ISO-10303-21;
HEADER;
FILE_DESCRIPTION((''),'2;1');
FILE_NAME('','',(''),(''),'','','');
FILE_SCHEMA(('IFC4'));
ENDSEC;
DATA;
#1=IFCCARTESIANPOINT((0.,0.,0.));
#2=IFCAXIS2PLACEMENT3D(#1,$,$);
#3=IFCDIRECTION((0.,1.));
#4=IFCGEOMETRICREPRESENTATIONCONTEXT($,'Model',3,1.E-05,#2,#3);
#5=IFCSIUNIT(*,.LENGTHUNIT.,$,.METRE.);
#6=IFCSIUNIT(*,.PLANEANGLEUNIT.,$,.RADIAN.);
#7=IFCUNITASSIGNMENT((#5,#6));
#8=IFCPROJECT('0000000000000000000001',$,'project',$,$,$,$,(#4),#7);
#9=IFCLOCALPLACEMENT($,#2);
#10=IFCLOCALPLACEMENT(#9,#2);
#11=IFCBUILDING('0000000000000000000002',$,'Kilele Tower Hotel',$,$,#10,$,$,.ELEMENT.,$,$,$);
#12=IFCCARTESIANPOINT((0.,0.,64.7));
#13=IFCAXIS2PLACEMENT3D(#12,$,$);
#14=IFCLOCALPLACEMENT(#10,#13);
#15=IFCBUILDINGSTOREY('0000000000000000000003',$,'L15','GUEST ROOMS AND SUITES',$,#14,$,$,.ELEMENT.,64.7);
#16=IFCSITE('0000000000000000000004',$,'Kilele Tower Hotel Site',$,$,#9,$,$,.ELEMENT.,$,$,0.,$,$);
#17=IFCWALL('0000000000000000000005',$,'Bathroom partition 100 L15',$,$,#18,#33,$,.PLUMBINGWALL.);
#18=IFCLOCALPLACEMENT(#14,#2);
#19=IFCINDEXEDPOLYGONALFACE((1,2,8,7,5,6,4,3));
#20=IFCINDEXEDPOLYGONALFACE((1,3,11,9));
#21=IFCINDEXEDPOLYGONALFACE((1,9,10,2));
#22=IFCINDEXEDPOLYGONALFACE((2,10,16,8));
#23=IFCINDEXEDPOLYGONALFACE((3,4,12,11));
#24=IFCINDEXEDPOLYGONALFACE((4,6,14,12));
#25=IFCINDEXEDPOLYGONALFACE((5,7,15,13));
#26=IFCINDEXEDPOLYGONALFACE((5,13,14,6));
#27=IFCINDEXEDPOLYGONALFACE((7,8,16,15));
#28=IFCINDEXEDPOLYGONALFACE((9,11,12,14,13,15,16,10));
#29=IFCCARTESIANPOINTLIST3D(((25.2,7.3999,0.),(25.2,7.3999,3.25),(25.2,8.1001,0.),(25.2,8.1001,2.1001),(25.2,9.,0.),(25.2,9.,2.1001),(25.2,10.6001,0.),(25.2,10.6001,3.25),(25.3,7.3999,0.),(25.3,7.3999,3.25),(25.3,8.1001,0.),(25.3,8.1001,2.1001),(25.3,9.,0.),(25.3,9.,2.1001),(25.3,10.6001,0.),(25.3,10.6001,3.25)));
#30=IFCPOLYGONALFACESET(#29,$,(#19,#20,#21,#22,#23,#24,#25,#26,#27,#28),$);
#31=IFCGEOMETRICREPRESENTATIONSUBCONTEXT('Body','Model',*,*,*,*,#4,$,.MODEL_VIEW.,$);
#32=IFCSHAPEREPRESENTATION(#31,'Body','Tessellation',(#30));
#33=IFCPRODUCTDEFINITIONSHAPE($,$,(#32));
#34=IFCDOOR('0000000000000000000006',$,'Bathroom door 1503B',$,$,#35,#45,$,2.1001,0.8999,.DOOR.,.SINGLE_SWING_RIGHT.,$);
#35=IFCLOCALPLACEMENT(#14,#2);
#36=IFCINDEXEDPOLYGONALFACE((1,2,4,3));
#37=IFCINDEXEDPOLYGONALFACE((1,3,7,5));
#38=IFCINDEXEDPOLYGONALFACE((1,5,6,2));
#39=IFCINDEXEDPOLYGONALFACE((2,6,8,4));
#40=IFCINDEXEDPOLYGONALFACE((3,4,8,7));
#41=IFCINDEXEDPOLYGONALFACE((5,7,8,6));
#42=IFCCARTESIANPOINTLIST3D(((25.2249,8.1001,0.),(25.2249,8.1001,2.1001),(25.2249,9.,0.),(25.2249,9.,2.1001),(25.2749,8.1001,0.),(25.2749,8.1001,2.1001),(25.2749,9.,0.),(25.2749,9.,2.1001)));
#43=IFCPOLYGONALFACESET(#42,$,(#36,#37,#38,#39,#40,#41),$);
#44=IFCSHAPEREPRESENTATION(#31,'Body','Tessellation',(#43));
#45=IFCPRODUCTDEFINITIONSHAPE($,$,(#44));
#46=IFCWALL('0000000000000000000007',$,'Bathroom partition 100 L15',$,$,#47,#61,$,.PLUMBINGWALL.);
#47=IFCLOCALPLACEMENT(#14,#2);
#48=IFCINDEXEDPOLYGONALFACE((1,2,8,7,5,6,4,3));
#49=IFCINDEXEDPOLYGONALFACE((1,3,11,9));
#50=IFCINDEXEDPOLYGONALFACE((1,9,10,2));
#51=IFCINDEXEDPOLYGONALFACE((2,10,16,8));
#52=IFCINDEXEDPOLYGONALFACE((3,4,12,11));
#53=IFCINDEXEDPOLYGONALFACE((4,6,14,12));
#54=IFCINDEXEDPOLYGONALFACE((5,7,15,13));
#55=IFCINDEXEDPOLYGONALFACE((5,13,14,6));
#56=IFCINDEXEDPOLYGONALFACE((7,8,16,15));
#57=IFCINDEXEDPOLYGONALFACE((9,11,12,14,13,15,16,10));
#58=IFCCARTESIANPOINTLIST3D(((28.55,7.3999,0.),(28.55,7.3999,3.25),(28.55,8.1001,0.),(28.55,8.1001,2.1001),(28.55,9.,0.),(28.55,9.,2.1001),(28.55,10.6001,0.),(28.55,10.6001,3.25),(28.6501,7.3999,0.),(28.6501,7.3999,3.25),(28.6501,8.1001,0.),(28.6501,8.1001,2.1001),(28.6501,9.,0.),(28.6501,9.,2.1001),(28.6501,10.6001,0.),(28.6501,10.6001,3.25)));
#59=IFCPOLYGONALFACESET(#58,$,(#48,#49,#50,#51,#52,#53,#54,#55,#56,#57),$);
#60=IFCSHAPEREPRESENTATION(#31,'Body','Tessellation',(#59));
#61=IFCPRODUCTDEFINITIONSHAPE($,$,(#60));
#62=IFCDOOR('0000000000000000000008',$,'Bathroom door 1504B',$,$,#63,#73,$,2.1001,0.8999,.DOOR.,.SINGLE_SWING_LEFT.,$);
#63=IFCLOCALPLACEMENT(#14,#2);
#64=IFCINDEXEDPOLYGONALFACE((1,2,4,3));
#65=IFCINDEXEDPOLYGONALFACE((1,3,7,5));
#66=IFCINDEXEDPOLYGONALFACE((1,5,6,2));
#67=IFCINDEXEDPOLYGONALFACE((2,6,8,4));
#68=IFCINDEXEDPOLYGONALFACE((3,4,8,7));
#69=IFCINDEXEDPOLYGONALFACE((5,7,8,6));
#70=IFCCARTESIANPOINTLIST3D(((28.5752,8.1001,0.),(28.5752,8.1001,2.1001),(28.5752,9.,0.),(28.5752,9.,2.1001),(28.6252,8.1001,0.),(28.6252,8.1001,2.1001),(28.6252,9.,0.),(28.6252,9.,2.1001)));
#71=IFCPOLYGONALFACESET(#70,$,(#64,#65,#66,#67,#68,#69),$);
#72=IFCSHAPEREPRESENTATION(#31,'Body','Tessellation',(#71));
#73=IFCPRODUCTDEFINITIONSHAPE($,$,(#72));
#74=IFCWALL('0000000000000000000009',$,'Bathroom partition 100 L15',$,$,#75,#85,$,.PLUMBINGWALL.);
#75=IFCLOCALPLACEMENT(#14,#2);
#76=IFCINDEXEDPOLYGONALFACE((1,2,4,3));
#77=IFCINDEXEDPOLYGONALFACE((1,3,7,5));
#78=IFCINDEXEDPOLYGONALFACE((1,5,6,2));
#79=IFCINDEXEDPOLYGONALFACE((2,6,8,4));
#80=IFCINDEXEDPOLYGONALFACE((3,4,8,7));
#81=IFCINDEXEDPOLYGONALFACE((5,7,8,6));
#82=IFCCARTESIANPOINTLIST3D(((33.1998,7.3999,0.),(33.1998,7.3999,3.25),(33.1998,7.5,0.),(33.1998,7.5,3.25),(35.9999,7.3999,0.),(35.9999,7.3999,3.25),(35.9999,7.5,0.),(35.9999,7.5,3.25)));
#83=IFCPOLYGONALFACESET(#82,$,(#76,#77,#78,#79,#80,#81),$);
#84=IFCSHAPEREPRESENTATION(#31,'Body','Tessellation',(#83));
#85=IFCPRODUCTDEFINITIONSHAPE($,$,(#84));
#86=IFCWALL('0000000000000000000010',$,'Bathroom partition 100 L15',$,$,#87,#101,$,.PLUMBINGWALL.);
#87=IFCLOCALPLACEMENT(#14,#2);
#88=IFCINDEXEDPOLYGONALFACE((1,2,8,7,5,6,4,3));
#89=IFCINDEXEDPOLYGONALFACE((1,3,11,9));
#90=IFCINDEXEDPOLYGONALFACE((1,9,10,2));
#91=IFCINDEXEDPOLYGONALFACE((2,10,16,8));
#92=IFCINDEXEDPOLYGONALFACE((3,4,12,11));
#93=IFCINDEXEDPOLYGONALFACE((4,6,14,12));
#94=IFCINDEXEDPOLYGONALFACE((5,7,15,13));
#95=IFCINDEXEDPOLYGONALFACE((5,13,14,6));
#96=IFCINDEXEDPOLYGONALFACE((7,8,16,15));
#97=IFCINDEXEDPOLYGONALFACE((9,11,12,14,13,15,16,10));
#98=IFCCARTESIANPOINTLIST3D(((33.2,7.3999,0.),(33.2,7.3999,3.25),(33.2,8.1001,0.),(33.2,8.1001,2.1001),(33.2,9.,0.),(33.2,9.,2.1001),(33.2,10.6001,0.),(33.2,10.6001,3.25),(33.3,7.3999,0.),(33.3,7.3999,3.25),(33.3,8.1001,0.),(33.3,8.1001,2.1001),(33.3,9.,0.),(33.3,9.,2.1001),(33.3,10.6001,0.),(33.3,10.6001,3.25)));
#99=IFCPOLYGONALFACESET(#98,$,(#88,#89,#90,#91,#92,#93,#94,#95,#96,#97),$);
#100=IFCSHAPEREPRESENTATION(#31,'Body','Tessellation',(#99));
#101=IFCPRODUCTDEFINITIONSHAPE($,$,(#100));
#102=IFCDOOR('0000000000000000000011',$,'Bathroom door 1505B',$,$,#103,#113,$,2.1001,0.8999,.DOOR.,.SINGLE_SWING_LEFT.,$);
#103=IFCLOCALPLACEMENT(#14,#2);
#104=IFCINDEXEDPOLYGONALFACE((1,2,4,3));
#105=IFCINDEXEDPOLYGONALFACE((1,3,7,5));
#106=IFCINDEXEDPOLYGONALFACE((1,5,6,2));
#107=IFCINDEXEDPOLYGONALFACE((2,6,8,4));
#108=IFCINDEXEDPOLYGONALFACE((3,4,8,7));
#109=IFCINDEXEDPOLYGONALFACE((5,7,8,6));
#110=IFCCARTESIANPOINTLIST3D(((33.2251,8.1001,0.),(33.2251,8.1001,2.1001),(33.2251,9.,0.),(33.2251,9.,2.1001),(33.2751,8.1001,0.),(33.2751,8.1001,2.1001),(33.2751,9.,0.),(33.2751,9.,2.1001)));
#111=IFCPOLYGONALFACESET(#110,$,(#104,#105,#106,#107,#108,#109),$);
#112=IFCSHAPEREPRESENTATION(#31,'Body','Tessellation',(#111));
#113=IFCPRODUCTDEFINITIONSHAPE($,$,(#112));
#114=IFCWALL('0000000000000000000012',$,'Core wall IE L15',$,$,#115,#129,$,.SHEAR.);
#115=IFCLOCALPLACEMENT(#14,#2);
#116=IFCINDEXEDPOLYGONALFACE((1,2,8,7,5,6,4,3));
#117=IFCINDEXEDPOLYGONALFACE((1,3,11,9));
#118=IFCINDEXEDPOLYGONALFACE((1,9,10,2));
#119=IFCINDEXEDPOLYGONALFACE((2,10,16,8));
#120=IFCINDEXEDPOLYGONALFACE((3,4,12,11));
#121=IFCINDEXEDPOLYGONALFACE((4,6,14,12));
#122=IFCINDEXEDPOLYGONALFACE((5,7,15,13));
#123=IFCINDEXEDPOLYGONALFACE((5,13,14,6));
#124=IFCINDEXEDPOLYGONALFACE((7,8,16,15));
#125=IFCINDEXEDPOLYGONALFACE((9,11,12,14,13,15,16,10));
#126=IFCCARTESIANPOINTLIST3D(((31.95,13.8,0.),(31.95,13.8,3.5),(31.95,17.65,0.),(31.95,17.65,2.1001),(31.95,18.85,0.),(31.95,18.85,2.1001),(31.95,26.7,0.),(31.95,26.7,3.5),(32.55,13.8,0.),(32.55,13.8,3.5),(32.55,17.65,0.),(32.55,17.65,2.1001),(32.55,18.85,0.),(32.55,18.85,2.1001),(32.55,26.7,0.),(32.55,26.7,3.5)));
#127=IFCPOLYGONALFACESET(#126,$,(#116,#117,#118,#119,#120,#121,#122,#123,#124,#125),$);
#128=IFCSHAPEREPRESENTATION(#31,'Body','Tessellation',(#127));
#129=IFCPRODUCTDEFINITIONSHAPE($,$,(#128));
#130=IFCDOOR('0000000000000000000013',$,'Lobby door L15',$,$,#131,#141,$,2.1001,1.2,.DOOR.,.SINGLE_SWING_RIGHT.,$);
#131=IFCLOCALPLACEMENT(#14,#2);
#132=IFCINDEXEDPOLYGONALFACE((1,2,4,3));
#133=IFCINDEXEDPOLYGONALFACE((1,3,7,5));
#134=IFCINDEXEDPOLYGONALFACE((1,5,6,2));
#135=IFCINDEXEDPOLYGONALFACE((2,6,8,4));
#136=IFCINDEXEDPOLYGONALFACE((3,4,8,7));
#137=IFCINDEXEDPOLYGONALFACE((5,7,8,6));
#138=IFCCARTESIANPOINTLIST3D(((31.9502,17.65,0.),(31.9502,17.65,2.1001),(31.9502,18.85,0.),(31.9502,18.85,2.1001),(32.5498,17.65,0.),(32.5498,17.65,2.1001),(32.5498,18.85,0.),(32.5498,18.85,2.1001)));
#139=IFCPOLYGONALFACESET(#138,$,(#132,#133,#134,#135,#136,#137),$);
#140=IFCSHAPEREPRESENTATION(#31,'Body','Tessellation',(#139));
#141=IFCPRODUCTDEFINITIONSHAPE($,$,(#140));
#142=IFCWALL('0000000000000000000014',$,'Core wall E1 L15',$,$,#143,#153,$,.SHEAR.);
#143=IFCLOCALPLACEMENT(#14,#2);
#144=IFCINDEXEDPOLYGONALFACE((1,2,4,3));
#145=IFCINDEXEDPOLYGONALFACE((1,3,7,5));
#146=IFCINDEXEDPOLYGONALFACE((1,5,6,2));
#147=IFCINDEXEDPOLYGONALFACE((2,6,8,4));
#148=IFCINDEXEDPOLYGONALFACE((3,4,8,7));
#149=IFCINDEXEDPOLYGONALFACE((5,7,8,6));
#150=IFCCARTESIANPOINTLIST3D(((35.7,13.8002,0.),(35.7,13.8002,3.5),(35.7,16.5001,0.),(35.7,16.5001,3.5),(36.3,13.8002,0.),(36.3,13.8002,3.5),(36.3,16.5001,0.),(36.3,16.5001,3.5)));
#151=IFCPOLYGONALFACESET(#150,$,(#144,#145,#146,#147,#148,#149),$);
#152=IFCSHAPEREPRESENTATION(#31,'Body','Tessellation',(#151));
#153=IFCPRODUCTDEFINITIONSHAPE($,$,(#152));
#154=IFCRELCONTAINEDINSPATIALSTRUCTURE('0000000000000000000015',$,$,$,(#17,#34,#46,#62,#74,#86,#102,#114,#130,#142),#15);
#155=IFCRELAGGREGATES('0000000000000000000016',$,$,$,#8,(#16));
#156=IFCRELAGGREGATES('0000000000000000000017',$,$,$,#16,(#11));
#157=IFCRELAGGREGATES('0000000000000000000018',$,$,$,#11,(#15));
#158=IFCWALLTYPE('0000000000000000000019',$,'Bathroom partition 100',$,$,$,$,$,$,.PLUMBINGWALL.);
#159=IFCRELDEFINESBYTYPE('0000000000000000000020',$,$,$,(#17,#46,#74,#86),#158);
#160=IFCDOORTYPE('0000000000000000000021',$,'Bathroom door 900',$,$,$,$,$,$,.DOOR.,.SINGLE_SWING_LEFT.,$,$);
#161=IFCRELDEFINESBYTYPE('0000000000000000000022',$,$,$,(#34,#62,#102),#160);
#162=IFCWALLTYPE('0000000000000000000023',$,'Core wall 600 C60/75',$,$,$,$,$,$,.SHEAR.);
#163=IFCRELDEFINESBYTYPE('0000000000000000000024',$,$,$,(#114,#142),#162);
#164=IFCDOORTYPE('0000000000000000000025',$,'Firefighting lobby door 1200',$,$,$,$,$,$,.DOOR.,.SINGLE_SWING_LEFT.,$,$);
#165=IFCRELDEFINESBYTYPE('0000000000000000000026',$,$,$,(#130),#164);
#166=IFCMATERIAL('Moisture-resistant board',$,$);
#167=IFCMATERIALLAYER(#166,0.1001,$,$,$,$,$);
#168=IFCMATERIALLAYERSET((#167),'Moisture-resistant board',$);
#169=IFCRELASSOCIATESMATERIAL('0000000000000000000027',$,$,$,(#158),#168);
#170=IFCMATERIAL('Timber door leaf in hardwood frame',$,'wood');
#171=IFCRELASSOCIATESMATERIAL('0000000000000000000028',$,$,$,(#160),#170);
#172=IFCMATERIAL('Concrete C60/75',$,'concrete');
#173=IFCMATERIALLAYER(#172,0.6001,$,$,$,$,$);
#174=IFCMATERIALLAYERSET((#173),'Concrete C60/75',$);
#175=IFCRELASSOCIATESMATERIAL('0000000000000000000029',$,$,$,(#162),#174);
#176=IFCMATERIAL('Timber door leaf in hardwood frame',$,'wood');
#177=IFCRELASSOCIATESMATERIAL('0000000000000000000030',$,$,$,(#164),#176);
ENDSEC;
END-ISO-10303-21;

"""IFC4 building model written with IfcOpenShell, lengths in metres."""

from ifc_helpers import new_model, si_unit, direction, frame, frame_2d, origin, place, context, subcontext, project, spatial, rectangle, extrude, material, layer, layer_set, type_object, element, fill, save


model = new_model("IFC4")

# Units and contexts
model_context = context("Model", 3, precision=1e-05, world=origin(), true_north=direction((0.0, 1.0)))
body_context = subcontext(model_context, "Body", "Model", "MODEL_VIEW")
ifc_project = project(units=[si_unit("LENGTHUNIT", "METRE"), si_unit("PLANEANGLEUNIT", "RADIAN")], contexts=[model_context])

# Site, building, storey
site_placement = place(None, origin())
site = spatial("IfcSite", under=ifc_project, at=site_placement, Name="Kilele Tower Hotel Site", CompositionType="ELEMENT", RefElevation=0.0)
building_placement = place(site_placement, origin())
building = spatial("IfcBuilding", under=site, at=building_placement, Name="Kilele Tower Hotel", CompositionType="ELEMENT")
storey_placement = place(building_placement, frame((0.0, 0.0, 64.7)))
storey = spatial("IfcBuildingStorey", under=building, at=storey_placement, Name="L15", Description="GUEST ROOMS AND SUITES", CompositionType="ELEMENT", Elevation=64.7)

# Walls, openings, doors
ifc_material_1 = material(Name="Moisture-resistant board")
ifc_layer_1 = layer(ifc_material_1, 0.1001)
ifc_layer_set_1 = layer_set([ifc_layer_1], Name="Moisture-resistant board")
wall_type_1 = type_object("IfcWallType", Name="Bathroom partition 100", PredefinedType="PLUMBINGWALL", material=ifc_layer_set_1)
wall_1_placement = place(storey_placement, frame((25.25, 10.6001, 0.0), z_axis=(0.0, 0.0, 1.0), x_axis=(0.0, -1.0, 0.0)))
wall_1 = element("IfcWall", 1, at=wall_1_placement, inside=storey, type_object=wall_type_1, Name="Bathroom partition 100 L15", PredefinedType="PLUMBINGWALL", context=body_context, shape_type="SweptSolid", body=[
    extrude(rectangle(XDim=3.2002, YDim=0.1001, at=frame_2d((1.6001, 0.0))), origin(), (0.0, 0.0, 1.0), 3.25),
])
opening_1_placement = place(wall_1_placement, frame((1.6001, 0.0, 0.0)))
opening_1 = element("IfcOpeningElement", 2, at=opening_1_placement, cuts=wall_1, PredefinedType="OPENING", context=body_context, shape_type="SweptSolid", body=[
    extrude(rectangle(XDim=0.8999, YDim=2.1001, at=frame_2d((0.45, 1.05))), frame((0.0, 0.0601, 0.0), z_axis=(0.0, -1.0, 0.0), x_axis=(1.0, 0.0, 0.0)), (0.0, 0.0, 1.0), 0.1201),
])
ifc_material_2 = material(Name="Timber door leaf in hardwood frame", Category="wood")
door_type_1 = type_object("IfcDoorType", Name="Bathroom door 900", OperationType="SINGLE_SWING_LEFT", PredefinedType="DOOR", material=ifc_material_2)
door_1_placement = place(opening_1_placement, origin())
door_1 = element("IfcDoor", 3, at=door_1_placement, inside=storey, type_object=door_type_1, Name="Bathroom door 1503B", OperationType="SINGLE_SWING_RIGHT", OverallHeight=2.1001, OverallWidth=0.8999, PredefinedType="DOOR", context=body_context, shape_type="SweptSolid", body=[
    extrude(rectangle(XDim=0.8999, YDim=2.1001, at=frame_2d((0.45, 1.05))), frame((0.0, 0.0249, 0.0), z_axis=(0.0, -1.0, 0.0), x_axis=(1.0, 0.0, 0.0)), (0.0, 0.0, 1.0), 0.05),
])
fill(opening_1, door_1)
wall_2_placement = place(storey_placement, frame((28.6001, 10.6001, 0.0), z_axis=(0.0, 0.0, 1.0), x_axis=(0.0, -1.0, 0.0)))
wall_2 = element("IfcWall", 4, at=wall_2_placement, inside=storey, type_object=wall_type_1, Name="Bathroom partition 100 L15", PredefinedType="PLUMBINGWALL", context=body_context, shape_type="SweptSolid", body=[
    extrude(rectangle(XDim=3.2002, YDim=0.1001, at=frame_2d((1.6001, 0.0))), origin(), (0.0, 0.0, 1.0), 3.25),
])
opening_2_placement = place(wall_2_placement, frame((2.5, 0.0, 0.0), z_axis=(0.0, 0.0, 1.0), x_axis=(-1.0, 0.0, 0.0)))
opening_2 = element("IfcOpeningElement", 5, at=opening_2_placement, cuts=wall_2, PredefinedType="OPENING", context=body_context, shape_type="SweptSolid", body=[
    extrude(rectangle(XDim=0.8999, YDim=2.1001, at=frame_2d((0.45, 1.05))), frame((0.0, 0.0601, 0.0), z_axis=(0.0, -1.0, 0.0), x_axis=(1.0, 0.0, 0.0)), (0.0, 0.0, 1.0), 0.1201),
])
door_2_placement = place(opening_2_placement, origin())
door_2 = element("IfcDoor", 6, at=door_2_placement, inside=storey, type_object=door_type_1, Name="Bathroom door 1504B", OperationType="SINGLE_SWING_LEFT", OverallHeight=2.1001, OverallWidth=0.8999, PredefinedType="DOOR", context=body_context, shape_type="SweptSolid", body=[
    extrude(rectangle(XDim=0.8999, YDim=2.1001, at=frame_2d((0.45, 1.05))), frame((0.0, 0.0249, 0.0), z_axis=(0.0, -1.0, 0.0), x_axis=(1.0, 0.0, 0.0)), (0.0, 0.0, 1.0), 0.05),
])
fill(opening_2, door_2)

# Wall
wall_3_placement = place(storey_placement, frame((33.2, 7.45, 0.0), z_axis=(0.0, 0.0, 1.0), x_axis=(1.0, 0.0, 0.0)))
element("IfcWall", 7, at=wall_3_placement, inside=storey, type_object=wall_type_1, Name="Bathroom partition 100 L15", PredefinedType="PLUMBINGWALL", context=body_context, shape_type="SweptSolid", body=[
    extrude(rectangle(XDim=2.8, YDim=0.1001, at=frame_2d((1.3999, 0.0))), origin(), (0.0, 0.0, 1.0), 3.25),
])

# Walls, openings, doors
wall_4_placement = place(storey_placement, frame((33.25, 10.6001, 0.0), z_axis=(0.0, 0.0, 1.0), x_axis=(0.0, -1.0, 0.0)))
wall_4 = element("IfcWall", 8, at=wall_4_placement, inside=storey, type_object=wall_type_1, Name="Bathroom partition 100 L15", PredefinedType="PLUMBINGWALL", context=body_context, shape_type="SweptSolid", body=[
    extrude(rectangle(XDim=3.2002, YDim=0.1001, at=frame_2d((1.6001, 0.0))), origin(), (0.0, 0.0, 1.0), 3.25),
])
opening_3_placement = place(wall_4_placement, frame((2.5, 0.0, 0.0), z_axis=(0.0, 0.0, 1.0), x_axis=(-1.0, 0.0, 0.0)))
opening_3 = element("IfcOpeningElement", 9, at=opening_3_placement, cuts=wall_4, PredefinedType="OPENING", context=body_context, shape_type="SweptSolid", body=[
    extrude(rectangle(XDim=0.8999, YDim=2.1001, at=frame_2d((0.45, 1.05))), frame((0.0, 0.0601, 0.0), z_axis=(0.0, -1.0, 0.0), x_axis=(1.0, 0.0, 0.0)), (0.0, 0.0, 1.0), 0.1201),
])
door_3_placement = place(opening_3_placement, origin())
door_3 = element("IfcDoor", 10, at=door_3_placement, inside=storey, type_object=door_type_1, Name="Bathroom door 1505B", OperationType="SINGLE_SWING_LEFT", OverallHeight=2.1001, OverallWidth=0.8999, PredefinedType="DOOR", context=body_context, shape_type="SweptSolid", body=[
    extrude(rectangle(XDim=0.8999, YDim=2.1001, at=frame_2d((0.45, 1.05))), frame((0.0, 0.0249, 0.0), z_axis=(0.0, -1.0, 0.0), x_axis=(1.0, 0.0, 0.0)), (0.0, 0.0, 1.0), 0.05),
])
fill(opening_3, door_3)
ifc_material_3 = material(Name="Concrete C60/75", Category="concrete")
ifc_layer_2 = layer(ifc_material_3, 0.6001)
ifc_layer_set_2 = layer_set([ifc_layer_2], Name="Concrete C60/75")
wall_type_2 = type_object("IfcWallType", Name="Core wall 600 C60/75", PredefinedType="SHEAR", material=ifc_layer_set_2)
wall_5_placement = place(storey_placement, frame((32.25, 13.8, 0.0), z_axis=(0.0, 0.0, 1.0), x_axis=(0.0, 1.0, 0.0)))
wall_5 = element("IfcWall", 11, at=wall_5_placement, inside=storey, type_object=wall_type_2, Name="Core wall IE L15", PredefinedType="SHEAR", context=body_context, shape_type="SweptSolid", body=[
    extrude(rectangle(XDim=12.8999, YDim=0.6001, at=frame_2d((6.45, 0.0))), origin(), (0.0, 0.0, 1.0), 3.5),
])
opening_4_placement = place(wall_5_placement, frame((5.05, 0.0, 0.0), z_axis=(0.0, 0.0, 1.0), x_axis=(-1.0, 0.0, 0.0)))
opening_4 = element("IfcOpeningElement", 12, at=opening_4_placement, cuts=wall_5, PredefinedType="OPENING", context=body_context, shape_type="SweptSolid", body=[
    extrude(rectangle(XDim=1.2, YDim=2.1001, at=frame_2d((0.6001, 1.05))), frame((0.0, 0.3101, 0.0), z_axis=(0.0, -1.0, 0.0), x_axis=(1.0, 0.0, 0.0)), (0.0, 0.0, 1.0), 0.6201),
])
ifc_material_4 = material(Name="Timber door leaf in hardwood frame", Category="wood")
door_type_2 = type_object("IfcDoorType", Name="Firefighting lobby door 1200", OperationType="SINGLE_SWING_LEFT", PredefinedType="DOOR", material=ifc_material_4)
door_4_placement = place(opening_4_placement, origin())
door_4 = element("IfcDoor", 13, at=door_4_placement, inside=storey, type_object=door_type_2, Name="Lobby door L15", OperationType="SINGLE_SWING_RIGHT", OverallHeight=2.1001, OverallWidth=1.2, PredefinedType="DOOR", context=body_context, shape_type="SweptSolid", body=[
    extrude(rectangle(XDim=1.2, YDim=2.1001, at=frame_2d((0.6001, 1.05))), frame((0.0, 0.2998, 0.0), z_axis=(0.0, -1.0, 0.0), x_axis=(1.0, 0.0, 0.0)), (0.0, 0.0, 1.0), 0.5996),
])
fill(opening_4, door_4)

# Wall
wall_6_placement = place(storey_placement, frame((36.0, 13.8, 0.0), z_axis=(0.0, 0.0, 1.0), x_axis=(0.0, 1.0, 0.0)))
element("IfcWall", 14, at=wall_6_placement, inside=storey, type_object=wall_type_2, Name="Core wall E1 L15", PredefinedType="SHEAR", context=body_context, shape_type="SweptSolid", body=[
    extrude(rectangle(XDim=2.7, YDim=0.6001, at=frame_2d((1.3501, 0.0))), origin(), (0.0, 0.0, 1.0), 3.5),
])

save(model, "model.ifc")
